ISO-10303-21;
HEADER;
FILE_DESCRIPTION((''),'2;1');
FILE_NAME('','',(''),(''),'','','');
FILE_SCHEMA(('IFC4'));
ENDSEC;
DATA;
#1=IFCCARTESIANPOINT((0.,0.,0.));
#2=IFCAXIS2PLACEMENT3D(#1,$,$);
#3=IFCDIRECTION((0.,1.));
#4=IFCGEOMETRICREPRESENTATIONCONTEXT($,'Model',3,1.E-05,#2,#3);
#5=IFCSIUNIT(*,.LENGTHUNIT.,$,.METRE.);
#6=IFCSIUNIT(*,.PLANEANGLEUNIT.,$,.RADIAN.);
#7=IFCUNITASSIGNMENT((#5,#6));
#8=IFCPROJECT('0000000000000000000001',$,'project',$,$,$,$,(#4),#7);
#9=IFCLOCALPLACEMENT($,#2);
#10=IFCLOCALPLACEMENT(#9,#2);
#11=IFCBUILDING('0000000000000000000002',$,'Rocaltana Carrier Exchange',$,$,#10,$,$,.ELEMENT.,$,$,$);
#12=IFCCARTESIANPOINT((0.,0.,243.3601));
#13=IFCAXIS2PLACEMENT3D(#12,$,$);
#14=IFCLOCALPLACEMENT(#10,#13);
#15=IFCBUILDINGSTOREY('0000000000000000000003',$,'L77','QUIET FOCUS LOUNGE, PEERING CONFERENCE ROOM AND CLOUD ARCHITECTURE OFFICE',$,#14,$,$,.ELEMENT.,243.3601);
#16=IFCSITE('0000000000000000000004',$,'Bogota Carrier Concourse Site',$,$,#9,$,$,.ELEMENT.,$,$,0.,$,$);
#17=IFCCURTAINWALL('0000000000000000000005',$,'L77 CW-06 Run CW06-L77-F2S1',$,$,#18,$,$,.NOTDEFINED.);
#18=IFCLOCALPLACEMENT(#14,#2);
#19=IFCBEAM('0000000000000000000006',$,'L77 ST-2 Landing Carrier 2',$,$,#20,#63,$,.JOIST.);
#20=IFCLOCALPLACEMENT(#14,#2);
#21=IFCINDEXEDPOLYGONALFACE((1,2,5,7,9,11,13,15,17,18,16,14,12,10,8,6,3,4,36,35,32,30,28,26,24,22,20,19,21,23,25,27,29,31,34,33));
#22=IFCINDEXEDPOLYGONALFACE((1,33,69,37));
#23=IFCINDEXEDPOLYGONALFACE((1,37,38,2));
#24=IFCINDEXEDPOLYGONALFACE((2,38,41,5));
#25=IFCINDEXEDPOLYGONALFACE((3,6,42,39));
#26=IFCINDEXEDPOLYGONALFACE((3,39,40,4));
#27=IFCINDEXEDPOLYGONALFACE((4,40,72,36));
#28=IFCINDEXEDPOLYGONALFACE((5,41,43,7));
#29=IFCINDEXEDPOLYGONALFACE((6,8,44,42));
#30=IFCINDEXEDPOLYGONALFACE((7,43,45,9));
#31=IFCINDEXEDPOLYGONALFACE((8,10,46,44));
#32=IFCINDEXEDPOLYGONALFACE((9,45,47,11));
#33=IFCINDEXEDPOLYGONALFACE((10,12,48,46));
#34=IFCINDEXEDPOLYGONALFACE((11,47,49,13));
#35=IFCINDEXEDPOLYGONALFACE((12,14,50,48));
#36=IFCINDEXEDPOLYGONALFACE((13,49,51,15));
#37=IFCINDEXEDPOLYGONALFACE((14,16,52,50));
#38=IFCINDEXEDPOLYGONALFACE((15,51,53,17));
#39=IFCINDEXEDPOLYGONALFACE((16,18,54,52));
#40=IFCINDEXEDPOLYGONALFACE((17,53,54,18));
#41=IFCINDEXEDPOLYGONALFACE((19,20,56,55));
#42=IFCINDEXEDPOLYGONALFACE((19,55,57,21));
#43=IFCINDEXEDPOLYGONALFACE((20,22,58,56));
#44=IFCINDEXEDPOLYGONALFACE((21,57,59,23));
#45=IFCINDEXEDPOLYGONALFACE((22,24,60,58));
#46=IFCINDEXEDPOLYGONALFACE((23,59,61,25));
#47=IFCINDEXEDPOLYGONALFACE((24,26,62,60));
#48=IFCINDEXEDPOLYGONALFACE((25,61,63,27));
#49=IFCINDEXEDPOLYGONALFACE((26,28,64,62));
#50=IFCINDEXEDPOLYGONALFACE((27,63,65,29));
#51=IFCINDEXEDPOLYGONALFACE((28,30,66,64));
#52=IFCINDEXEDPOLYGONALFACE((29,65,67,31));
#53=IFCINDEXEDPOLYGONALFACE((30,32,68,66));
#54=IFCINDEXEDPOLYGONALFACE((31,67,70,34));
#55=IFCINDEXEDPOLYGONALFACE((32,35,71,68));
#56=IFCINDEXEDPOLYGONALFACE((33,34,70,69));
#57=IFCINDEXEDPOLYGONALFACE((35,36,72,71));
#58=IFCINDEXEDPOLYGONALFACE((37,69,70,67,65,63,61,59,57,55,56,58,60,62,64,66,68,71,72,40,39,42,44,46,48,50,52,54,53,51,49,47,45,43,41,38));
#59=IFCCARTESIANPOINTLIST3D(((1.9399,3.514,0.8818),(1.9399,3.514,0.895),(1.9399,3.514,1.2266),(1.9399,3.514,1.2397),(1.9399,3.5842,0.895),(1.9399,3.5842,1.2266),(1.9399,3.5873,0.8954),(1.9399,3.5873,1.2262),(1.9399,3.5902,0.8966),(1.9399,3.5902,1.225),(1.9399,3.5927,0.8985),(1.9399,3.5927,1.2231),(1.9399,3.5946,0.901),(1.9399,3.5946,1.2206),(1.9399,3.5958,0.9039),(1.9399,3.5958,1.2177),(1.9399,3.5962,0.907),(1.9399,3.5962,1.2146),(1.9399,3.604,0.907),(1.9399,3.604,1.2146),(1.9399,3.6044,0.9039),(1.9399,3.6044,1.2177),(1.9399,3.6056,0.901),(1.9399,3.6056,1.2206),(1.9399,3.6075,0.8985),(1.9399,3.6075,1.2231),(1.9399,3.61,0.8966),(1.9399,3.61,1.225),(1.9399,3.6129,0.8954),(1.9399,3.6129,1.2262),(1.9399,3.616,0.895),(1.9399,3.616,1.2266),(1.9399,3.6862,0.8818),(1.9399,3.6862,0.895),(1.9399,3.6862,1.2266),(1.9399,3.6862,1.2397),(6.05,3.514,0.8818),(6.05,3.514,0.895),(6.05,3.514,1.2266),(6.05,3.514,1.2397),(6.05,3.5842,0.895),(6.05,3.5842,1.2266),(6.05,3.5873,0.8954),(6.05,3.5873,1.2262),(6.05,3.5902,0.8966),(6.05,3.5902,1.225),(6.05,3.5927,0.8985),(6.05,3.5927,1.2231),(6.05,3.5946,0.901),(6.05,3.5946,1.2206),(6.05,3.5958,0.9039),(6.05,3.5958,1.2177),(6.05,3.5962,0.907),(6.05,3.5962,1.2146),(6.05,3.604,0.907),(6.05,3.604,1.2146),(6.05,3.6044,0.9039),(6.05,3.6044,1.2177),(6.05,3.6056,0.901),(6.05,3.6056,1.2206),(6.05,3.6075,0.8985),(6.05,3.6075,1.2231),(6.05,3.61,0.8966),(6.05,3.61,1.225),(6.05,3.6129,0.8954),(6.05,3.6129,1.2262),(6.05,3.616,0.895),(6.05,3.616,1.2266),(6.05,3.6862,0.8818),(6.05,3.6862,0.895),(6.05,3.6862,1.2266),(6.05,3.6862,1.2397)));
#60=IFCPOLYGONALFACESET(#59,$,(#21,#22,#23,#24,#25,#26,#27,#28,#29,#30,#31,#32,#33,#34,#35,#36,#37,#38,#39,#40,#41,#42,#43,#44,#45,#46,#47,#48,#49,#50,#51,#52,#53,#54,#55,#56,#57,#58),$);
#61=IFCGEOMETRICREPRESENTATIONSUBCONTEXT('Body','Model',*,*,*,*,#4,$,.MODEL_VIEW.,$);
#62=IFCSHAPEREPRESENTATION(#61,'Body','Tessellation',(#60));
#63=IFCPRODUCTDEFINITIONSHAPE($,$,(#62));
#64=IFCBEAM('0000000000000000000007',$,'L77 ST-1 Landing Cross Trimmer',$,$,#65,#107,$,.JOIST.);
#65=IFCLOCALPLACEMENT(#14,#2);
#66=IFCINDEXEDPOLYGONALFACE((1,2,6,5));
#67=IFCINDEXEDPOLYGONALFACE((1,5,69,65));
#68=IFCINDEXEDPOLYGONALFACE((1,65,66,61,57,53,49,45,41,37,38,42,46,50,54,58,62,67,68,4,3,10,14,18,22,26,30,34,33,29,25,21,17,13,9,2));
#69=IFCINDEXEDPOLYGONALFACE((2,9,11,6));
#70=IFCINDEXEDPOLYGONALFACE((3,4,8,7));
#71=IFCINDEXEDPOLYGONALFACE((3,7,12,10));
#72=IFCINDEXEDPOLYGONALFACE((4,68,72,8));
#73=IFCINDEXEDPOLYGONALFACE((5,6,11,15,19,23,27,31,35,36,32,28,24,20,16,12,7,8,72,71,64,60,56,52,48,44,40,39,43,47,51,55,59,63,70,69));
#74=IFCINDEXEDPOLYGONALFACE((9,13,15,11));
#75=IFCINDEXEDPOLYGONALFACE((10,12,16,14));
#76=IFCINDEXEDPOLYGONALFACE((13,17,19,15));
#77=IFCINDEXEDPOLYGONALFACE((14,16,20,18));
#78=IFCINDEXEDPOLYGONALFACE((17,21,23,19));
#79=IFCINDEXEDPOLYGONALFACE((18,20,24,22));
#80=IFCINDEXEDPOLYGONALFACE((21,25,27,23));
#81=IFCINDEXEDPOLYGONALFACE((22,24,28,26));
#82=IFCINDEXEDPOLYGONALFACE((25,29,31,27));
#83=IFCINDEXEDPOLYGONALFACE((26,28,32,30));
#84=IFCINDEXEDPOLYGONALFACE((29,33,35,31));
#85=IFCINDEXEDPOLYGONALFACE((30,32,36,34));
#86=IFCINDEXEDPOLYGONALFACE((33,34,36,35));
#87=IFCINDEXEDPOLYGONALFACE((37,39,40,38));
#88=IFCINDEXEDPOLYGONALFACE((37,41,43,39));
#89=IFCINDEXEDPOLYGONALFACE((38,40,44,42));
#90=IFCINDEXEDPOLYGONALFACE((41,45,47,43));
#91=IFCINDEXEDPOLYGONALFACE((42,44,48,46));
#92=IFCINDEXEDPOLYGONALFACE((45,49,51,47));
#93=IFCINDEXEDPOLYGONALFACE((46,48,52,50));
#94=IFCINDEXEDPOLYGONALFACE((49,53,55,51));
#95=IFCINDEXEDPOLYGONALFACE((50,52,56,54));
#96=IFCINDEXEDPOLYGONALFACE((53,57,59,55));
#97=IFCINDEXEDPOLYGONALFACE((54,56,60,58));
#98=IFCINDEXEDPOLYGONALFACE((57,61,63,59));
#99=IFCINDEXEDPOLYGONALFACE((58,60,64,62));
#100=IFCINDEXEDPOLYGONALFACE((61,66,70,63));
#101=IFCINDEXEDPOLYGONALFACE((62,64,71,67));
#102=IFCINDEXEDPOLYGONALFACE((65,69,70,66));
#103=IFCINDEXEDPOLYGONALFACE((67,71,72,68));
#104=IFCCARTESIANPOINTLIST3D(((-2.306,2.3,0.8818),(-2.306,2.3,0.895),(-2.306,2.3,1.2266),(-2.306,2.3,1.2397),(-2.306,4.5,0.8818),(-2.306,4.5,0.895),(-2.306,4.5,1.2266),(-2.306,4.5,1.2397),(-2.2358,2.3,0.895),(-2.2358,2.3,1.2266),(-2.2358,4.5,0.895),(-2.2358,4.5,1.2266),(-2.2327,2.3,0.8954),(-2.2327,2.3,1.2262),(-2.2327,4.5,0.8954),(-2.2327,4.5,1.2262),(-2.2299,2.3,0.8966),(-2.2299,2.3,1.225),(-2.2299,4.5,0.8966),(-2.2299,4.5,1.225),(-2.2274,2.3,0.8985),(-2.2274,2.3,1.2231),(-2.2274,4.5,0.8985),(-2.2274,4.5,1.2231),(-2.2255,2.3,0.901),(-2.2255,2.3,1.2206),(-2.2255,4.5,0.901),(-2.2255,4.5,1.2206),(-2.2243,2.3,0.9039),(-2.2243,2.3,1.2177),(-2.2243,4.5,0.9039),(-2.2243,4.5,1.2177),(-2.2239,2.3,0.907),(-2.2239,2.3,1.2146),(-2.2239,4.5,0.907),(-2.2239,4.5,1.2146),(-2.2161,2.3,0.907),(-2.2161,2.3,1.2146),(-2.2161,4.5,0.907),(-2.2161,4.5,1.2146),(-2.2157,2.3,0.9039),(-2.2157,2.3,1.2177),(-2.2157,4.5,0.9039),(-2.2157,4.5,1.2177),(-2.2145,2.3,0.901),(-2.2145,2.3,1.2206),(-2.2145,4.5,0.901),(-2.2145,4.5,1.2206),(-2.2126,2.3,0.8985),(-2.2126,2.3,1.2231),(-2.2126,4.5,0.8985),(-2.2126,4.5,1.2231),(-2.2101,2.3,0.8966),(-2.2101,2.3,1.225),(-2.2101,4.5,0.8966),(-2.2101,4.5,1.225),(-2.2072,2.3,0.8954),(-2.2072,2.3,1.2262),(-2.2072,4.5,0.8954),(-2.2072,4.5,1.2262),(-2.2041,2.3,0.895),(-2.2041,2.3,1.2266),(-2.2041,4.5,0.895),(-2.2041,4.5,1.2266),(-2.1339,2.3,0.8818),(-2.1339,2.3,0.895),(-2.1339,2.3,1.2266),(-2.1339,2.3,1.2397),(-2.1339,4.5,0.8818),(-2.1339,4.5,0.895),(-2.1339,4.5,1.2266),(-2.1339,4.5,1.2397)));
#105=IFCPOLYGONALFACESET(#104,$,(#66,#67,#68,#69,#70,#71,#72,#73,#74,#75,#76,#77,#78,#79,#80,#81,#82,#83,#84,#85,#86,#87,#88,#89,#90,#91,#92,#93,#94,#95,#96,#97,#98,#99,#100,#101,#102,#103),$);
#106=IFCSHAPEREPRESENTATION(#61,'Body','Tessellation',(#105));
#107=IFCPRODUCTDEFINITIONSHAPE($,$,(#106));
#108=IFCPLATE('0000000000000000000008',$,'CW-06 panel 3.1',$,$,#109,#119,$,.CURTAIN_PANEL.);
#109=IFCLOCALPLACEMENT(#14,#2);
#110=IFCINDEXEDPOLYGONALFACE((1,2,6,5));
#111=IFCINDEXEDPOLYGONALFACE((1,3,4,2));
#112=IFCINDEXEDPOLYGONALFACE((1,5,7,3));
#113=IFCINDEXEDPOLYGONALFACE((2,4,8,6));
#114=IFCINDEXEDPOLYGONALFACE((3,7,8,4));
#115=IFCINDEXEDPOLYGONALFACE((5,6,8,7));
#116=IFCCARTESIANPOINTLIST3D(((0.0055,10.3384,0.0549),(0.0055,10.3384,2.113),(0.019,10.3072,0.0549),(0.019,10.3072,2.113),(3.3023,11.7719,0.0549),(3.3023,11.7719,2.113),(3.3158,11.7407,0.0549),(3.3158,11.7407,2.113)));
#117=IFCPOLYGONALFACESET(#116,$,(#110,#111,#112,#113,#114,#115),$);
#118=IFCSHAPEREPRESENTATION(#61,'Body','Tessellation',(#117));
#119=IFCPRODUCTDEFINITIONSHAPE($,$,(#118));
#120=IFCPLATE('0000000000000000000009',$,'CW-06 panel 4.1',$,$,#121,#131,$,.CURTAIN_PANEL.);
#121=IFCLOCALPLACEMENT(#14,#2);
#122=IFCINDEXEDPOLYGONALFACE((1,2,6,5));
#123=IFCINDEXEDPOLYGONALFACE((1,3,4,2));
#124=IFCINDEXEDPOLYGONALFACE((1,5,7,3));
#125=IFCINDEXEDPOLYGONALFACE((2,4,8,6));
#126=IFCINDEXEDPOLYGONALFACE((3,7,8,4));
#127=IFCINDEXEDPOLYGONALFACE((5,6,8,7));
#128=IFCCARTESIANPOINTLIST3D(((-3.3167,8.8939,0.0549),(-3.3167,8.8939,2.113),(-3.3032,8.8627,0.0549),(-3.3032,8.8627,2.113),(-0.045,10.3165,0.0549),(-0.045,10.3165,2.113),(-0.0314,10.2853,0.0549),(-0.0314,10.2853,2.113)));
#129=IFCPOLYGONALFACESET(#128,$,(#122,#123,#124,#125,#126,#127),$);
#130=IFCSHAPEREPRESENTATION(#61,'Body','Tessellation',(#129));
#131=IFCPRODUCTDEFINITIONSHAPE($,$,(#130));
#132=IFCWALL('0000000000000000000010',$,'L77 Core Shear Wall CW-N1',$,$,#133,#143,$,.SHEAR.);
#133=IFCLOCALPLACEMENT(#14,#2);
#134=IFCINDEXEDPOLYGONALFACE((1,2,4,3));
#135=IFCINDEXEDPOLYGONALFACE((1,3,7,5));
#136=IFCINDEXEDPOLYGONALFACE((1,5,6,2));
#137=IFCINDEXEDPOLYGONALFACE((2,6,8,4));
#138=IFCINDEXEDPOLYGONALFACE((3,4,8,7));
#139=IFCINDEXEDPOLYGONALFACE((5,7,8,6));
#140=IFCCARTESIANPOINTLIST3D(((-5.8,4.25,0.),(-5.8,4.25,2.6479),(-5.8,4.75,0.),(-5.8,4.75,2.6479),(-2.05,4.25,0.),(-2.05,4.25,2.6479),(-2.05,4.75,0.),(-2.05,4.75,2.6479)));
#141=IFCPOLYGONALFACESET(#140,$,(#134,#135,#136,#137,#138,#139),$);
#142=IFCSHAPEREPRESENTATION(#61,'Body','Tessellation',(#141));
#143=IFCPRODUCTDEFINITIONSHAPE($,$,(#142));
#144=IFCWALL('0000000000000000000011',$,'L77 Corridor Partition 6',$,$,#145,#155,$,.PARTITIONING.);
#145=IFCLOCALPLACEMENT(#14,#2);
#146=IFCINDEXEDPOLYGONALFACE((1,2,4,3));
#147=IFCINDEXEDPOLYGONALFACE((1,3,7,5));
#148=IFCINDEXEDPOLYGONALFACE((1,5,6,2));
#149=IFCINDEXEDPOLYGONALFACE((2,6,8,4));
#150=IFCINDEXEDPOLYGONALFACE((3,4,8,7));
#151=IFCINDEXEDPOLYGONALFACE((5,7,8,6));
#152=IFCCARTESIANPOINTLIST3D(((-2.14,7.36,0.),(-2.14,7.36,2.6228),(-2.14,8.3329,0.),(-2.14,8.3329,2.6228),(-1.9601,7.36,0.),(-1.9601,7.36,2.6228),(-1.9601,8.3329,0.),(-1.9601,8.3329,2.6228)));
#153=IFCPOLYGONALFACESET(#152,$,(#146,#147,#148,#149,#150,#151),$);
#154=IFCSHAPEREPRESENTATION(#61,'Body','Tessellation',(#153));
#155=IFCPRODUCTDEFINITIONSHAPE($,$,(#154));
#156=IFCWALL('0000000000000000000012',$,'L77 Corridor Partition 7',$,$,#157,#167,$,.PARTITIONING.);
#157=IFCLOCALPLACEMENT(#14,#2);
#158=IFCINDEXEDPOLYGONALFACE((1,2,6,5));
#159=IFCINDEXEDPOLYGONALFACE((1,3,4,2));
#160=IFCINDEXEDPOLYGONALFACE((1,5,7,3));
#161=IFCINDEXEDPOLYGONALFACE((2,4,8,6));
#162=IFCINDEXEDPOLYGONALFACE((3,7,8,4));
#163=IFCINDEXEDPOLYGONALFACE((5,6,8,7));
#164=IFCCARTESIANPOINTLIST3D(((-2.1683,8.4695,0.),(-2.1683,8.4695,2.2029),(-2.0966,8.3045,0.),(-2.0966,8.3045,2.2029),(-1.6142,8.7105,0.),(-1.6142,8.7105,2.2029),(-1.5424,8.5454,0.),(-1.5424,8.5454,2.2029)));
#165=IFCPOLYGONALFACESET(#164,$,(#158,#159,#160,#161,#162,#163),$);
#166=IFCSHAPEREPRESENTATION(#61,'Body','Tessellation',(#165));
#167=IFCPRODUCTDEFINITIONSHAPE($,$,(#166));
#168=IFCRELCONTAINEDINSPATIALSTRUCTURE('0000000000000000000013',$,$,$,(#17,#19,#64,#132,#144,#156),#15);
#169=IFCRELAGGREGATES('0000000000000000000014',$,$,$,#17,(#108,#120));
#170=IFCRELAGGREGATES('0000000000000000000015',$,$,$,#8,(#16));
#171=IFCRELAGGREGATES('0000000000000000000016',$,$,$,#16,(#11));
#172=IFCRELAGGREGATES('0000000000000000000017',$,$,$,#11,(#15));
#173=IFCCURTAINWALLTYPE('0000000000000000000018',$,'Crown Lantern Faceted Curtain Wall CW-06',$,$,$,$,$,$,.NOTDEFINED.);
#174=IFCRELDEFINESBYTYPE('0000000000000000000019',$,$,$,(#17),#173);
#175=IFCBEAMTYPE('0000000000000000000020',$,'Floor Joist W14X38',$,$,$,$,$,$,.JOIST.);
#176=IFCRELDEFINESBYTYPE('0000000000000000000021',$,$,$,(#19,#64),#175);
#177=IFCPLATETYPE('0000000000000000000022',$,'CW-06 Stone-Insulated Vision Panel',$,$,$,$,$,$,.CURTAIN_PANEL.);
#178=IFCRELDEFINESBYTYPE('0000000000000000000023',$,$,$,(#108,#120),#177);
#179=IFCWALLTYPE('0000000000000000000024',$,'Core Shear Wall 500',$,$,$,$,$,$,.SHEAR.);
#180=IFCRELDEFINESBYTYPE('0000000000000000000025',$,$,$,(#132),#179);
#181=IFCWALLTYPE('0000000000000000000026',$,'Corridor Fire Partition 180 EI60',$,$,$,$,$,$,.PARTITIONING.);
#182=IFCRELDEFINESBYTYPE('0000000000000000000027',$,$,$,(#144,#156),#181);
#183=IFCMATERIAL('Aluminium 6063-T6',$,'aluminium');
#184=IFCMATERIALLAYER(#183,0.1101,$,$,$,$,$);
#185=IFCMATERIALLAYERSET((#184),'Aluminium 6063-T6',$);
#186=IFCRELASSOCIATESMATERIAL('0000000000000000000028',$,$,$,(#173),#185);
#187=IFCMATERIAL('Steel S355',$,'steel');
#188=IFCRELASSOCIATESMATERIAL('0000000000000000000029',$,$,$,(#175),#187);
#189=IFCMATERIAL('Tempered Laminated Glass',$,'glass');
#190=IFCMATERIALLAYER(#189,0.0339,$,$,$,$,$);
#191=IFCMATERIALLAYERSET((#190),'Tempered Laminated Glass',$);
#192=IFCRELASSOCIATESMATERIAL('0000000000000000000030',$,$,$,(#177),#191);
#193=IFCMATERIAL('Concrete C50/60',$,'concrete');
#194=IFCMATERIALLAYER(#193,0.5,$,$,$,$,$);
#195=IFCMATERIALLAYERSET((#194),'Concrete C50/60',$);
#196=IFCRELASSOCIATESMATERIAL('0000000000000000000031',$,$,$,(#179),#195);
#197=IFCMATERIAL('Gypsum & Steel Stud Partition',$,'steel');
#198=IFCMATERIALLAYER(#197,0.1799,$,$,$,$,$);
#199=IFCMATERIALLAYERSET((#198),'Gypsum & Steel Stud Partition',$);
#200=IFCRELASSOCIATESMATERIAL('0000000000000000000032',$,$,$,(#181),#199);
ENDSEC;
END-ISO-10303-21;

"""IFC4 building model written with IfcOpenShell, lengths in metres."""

from ifc_helpers import new_model, si_unit, direction, frame, frame_2d, origin, origin_2d, place, context, subcontext, project, spatial, rectangle, i_section, extrude, material, layer, layer_set, material_profile, profile_set, type_object, element, aggregate, save


model = new_model("IFC4")

# Units and contexts
model_context = context("Model", 3, precision=1e-05, world=origin(), true_north=direction((0.0, 1.0)))
body_context = subcontext(model_context, "Body", "Model", "MODEL_VIEW")
ifc_project = project(units=[si_unit("LENGTHUNIT", "METRE"), si_unit("PLANEANGLEUNIT", "RADIAN")], contexts=[model_context])

# Site, building, storey
site_placement = place(None, origin())
site = spatial("IfcSite", under=ifc_project, at=site_placement, Name="Bogota Carrier Concourse Site", CompositionType="ELEMENT", RefElevation=0.0)
building_placement = place(site_placement, origin())
building = spatial("IfcBuilding", under=site, at=building_placement, Name="Rocaltana Carrier Exchange", CompositionType="ELEMENT")
storey_placement = place(building_placement, frame((0.0, 0.0, 243.3601)))
storey = spatial("IfcBuildingStorey", under=building, at=storey_placement, Name="L77", Description="QUIET FOCUS LOUNGE, PEERING CONFERENCE ROOM AND CLOUD ARCHITECTURE OFFICE", CompositionType="ELEMENT", Elevation=243.3601)

# Curtain wall
ifc_material_1 = material(Name="Aluminium 6063-T6", Category="aluminium")
ifc_layer_1 = layer(ifc_material_1, 0.1101)
ifc_layer_set_1 = layer_set([ifc_layer_1], Name="Aluminium 6063-T6")
curtain_wall_type = type_object("IfcCurtainWallType", Name="Crown Lantern Faceted Curtain Wall CW-06", PredefinedType="NOTDEFINED", material=ifc_layer_set_1)
curtain_wall_1_placement = place(storey_placement, origin())
curtain_wall_1 = element("IfcCurtainWall", 1, at=curtain_wall_1_placement, inside=storey, type_object=curtain_wall_type, Name="L77 CW-06 Run CW06-L77-F2S1", PredefinedType="NOTDEFINED")

# Beams
ifc_material_2 = material(Name="Steel S355", Category="steel")
ifc_material_profile_1 = material_profile(ifc_material_2, i_section(OverallWidth=0.1721, OverallDepth=0.3579, WebThickness=0.0078, FlangeThickness=0.0132, FilletRadius=0.012, at=origin_2d()), Name="W14X38")
ifc_profile_set_1 = profile_set([ifc_material_profile_1], Name="Steel S355")
beam_type_1 = type_object("IfcBeamType", Name="Floor Joist W14X38", PredefinedType="JOIST", material=ifc_profile_set_1)
for number, where, z_axis, x_axis, name in (
    (2, (1.9399, 3.6001, 1.0608), (1.0, 0.0, 0.0), (0.0, 1.0, 0.0), "L77 ST-2 Landing Carrier 2"),
):
    element("IfcBeam", number, at=place(storey_placement, frame(where, z_axis=z_axis, x_axis=x_axis)), inside=storey, type_object=beam_type_1, Name=name, PredefinedType="JOIST", context=body_context, shape_type="SweptSolid", body=[
        extrude(i_section(OverallWidth=0.1721, OverallDepth=0.3579, WebThickness=0.0078, FlangeThickness=0.0132, FilletRadius=0.012, at=origin_2d()), origin(), (0.0, 0.0, 1.0), 4.1101),
    ])
beam_1_placement = place(storey_placement, frame((-2.22, 2.3, 1.0608), z_axis=(0.0, 1.0, 0.0), x_axis=(-1.0, 0.0, 0.0)))
element("IfcBeam", 3, at=beam_1_placement, inside=storey, type_object=beam_type_1, Name="L77 ST-1 Landing Cross Trimmer", PredefinedType="JOIST", context=body_context, shape_type="SweptSolid", body=[
    extrude(i_section(OverallWidth=0.1721, OverallDepth=0.3579, WebThickness=0.0078, FlangeThickness=0.0132, FilletRadius=0.012, at=origin_2d()), origin(), (0.0, 0.0, 1.0), 2.2),
])

# Plates
ifc_material_3 = material(Name="Tempered Laminated Glass", Category="glass")
ifc_layer_2 = layer(ifc_material_3, 0.0339)
ifc_layer_set_2 = layer_set([ifc_layer_2], Name="Tempered Laminated Glass")
plate_type = type_object("IfcPlateType", Name="CW-06 Stone-Insulated Vision Panel", PredefinedType="CURTAIN_PANEL", material=ifc_layer_set_2)
plate_1_placement = place(storey_placement, frame((1.6606, 11.0396, 0.0549), z_axis=(0.0, 0.0, 1.0), x_axis=(-0.917059, -0.398752, 0.0)))
plate_1 = element("IfcPlate", 4, at=plate_1_placement, type_object=plate_type, Name="CW-06 panel 3.1", PredefinedType="CURTAIN_PANEL", context=body_context, shape_type="SweptSolid", body=[
    extrude(rectangle(XDim=3.595, YDim=0.0339, at=origin_2d()), origin(), (0.0, 0.0, 1.0), 2.0581),
])
plate_2_placement = place(storey_placement, frame((-1.6741, 9.5896, 0.0549), z_axis=(0.0, 0.0, 1.0), x_axis=(-0.917059, -0.398752, 0.0)))
plate_2 = element("IfcPlate", 5, at=plate_2_placement, type_object=plate_type, Name="CW-06 panel 4.1", PredefinedType="CURTAIN_PANEL", context=body_context, shape_type="SweptSolid", body=[
    extrude(rectangle(XDim=3.5676, YDim=0.0339, at=origin_2d()), origin(), (0.0, 0.0, 1.0), 2.0581),
])
aggregate(curtain_wall_1, [plate_1, plate_2])

# Walls
ifc_material_4 = material(Name="Concrete C50/60", Category="concrete")
ifc_layer_3 = layer(ifc_material_4, 0.5)
ifc_layer_set_3 = layer_set([ifc_layer_3], Name="Concrete C50/60")
wall_type_1 = type_object("IfcWallType", Name="Core Shear Wall 500", PredefinedType="SHEAR", material=ifc_layer_set_3)
wall_1_placement = place(storey_placement, frame((-5.8, 4.5, 0.0), z_axis=(0.0, 0.0, 1.0), x_axis=(1.0, 0.0, 0.0)))
element("IfcWall", 6, at=wall_1_placement, inside=storey, type_object=wall_type_1, Name="L77 Core Shear Wall CW-N1", PredefinedType="SHEAR", context=body_context, shape_type="SweptSolid", body=[
    extrude(rectangle(XDim=3.75, YDim=0.5, at=frame_2d((1.875, 0.0))), origin(), (0.0, 0.0, 1.0), 2.6479),
])
ifc_material_5 = material(Name="Gypsum & Steel Stud Partition", Category="steel")
ifc_layer_4 = layer(ifc_material_5, 0.1799)
ifc_layer_set_4 = layer_set([ifc_layer_4], Name="Gypsum & Steel Stud Partition")
wall_type_2 = type_object("IfcWallType", Name="Corridor Fire Partition 180 EI60", PredefinedType="PARTITIONING", material=ifc_layer_set_4)
wall_2_placement = place(storey_placement, frame((-2.05, 7.3601, 0.0), z_axis=(0.0, 0.0, 1.0), x_axis=(0.0, 1.0, 0.0)))
element("IfcWall", 7, at=wall_2_placement, inside=storey, type_object=wall_type_2, Name="L77 Corridor Partition 6", PredefinedType="PARTITIONING", context=body_context, shape_type="SweptSolid", body=[
    extrude(rectangle(XDim=0.9729, YDim=0.1799, at=frame_2d((0.4863, 0.0))), origin(), (0.0, 0.0, 1.0), 2.6228),
])
wall_3_placement = place(storey_placement, frame((-2.1326, 8.387, 0.0), z_axis=(0.0, 0.0, 1.0), x_axis=(0.917064, 0.398741, 0.0)))
element("IfcWall", 8, at=wall_3_placement, inside=storey, type_object=wall_type_2, Name="L77 Corridor Partition 7", PredefinedType="PARTITIONING", context=body_context, shape_type="SweptSolid", body=[
    extrude(rectangle(XDim=0.6042, YDim=0.1799, at=frame_2d((0.3022, 0.0))), origin(), (0.0, 0.0, 1.0), 2.2029),
])

save(model, "model.ifc")
